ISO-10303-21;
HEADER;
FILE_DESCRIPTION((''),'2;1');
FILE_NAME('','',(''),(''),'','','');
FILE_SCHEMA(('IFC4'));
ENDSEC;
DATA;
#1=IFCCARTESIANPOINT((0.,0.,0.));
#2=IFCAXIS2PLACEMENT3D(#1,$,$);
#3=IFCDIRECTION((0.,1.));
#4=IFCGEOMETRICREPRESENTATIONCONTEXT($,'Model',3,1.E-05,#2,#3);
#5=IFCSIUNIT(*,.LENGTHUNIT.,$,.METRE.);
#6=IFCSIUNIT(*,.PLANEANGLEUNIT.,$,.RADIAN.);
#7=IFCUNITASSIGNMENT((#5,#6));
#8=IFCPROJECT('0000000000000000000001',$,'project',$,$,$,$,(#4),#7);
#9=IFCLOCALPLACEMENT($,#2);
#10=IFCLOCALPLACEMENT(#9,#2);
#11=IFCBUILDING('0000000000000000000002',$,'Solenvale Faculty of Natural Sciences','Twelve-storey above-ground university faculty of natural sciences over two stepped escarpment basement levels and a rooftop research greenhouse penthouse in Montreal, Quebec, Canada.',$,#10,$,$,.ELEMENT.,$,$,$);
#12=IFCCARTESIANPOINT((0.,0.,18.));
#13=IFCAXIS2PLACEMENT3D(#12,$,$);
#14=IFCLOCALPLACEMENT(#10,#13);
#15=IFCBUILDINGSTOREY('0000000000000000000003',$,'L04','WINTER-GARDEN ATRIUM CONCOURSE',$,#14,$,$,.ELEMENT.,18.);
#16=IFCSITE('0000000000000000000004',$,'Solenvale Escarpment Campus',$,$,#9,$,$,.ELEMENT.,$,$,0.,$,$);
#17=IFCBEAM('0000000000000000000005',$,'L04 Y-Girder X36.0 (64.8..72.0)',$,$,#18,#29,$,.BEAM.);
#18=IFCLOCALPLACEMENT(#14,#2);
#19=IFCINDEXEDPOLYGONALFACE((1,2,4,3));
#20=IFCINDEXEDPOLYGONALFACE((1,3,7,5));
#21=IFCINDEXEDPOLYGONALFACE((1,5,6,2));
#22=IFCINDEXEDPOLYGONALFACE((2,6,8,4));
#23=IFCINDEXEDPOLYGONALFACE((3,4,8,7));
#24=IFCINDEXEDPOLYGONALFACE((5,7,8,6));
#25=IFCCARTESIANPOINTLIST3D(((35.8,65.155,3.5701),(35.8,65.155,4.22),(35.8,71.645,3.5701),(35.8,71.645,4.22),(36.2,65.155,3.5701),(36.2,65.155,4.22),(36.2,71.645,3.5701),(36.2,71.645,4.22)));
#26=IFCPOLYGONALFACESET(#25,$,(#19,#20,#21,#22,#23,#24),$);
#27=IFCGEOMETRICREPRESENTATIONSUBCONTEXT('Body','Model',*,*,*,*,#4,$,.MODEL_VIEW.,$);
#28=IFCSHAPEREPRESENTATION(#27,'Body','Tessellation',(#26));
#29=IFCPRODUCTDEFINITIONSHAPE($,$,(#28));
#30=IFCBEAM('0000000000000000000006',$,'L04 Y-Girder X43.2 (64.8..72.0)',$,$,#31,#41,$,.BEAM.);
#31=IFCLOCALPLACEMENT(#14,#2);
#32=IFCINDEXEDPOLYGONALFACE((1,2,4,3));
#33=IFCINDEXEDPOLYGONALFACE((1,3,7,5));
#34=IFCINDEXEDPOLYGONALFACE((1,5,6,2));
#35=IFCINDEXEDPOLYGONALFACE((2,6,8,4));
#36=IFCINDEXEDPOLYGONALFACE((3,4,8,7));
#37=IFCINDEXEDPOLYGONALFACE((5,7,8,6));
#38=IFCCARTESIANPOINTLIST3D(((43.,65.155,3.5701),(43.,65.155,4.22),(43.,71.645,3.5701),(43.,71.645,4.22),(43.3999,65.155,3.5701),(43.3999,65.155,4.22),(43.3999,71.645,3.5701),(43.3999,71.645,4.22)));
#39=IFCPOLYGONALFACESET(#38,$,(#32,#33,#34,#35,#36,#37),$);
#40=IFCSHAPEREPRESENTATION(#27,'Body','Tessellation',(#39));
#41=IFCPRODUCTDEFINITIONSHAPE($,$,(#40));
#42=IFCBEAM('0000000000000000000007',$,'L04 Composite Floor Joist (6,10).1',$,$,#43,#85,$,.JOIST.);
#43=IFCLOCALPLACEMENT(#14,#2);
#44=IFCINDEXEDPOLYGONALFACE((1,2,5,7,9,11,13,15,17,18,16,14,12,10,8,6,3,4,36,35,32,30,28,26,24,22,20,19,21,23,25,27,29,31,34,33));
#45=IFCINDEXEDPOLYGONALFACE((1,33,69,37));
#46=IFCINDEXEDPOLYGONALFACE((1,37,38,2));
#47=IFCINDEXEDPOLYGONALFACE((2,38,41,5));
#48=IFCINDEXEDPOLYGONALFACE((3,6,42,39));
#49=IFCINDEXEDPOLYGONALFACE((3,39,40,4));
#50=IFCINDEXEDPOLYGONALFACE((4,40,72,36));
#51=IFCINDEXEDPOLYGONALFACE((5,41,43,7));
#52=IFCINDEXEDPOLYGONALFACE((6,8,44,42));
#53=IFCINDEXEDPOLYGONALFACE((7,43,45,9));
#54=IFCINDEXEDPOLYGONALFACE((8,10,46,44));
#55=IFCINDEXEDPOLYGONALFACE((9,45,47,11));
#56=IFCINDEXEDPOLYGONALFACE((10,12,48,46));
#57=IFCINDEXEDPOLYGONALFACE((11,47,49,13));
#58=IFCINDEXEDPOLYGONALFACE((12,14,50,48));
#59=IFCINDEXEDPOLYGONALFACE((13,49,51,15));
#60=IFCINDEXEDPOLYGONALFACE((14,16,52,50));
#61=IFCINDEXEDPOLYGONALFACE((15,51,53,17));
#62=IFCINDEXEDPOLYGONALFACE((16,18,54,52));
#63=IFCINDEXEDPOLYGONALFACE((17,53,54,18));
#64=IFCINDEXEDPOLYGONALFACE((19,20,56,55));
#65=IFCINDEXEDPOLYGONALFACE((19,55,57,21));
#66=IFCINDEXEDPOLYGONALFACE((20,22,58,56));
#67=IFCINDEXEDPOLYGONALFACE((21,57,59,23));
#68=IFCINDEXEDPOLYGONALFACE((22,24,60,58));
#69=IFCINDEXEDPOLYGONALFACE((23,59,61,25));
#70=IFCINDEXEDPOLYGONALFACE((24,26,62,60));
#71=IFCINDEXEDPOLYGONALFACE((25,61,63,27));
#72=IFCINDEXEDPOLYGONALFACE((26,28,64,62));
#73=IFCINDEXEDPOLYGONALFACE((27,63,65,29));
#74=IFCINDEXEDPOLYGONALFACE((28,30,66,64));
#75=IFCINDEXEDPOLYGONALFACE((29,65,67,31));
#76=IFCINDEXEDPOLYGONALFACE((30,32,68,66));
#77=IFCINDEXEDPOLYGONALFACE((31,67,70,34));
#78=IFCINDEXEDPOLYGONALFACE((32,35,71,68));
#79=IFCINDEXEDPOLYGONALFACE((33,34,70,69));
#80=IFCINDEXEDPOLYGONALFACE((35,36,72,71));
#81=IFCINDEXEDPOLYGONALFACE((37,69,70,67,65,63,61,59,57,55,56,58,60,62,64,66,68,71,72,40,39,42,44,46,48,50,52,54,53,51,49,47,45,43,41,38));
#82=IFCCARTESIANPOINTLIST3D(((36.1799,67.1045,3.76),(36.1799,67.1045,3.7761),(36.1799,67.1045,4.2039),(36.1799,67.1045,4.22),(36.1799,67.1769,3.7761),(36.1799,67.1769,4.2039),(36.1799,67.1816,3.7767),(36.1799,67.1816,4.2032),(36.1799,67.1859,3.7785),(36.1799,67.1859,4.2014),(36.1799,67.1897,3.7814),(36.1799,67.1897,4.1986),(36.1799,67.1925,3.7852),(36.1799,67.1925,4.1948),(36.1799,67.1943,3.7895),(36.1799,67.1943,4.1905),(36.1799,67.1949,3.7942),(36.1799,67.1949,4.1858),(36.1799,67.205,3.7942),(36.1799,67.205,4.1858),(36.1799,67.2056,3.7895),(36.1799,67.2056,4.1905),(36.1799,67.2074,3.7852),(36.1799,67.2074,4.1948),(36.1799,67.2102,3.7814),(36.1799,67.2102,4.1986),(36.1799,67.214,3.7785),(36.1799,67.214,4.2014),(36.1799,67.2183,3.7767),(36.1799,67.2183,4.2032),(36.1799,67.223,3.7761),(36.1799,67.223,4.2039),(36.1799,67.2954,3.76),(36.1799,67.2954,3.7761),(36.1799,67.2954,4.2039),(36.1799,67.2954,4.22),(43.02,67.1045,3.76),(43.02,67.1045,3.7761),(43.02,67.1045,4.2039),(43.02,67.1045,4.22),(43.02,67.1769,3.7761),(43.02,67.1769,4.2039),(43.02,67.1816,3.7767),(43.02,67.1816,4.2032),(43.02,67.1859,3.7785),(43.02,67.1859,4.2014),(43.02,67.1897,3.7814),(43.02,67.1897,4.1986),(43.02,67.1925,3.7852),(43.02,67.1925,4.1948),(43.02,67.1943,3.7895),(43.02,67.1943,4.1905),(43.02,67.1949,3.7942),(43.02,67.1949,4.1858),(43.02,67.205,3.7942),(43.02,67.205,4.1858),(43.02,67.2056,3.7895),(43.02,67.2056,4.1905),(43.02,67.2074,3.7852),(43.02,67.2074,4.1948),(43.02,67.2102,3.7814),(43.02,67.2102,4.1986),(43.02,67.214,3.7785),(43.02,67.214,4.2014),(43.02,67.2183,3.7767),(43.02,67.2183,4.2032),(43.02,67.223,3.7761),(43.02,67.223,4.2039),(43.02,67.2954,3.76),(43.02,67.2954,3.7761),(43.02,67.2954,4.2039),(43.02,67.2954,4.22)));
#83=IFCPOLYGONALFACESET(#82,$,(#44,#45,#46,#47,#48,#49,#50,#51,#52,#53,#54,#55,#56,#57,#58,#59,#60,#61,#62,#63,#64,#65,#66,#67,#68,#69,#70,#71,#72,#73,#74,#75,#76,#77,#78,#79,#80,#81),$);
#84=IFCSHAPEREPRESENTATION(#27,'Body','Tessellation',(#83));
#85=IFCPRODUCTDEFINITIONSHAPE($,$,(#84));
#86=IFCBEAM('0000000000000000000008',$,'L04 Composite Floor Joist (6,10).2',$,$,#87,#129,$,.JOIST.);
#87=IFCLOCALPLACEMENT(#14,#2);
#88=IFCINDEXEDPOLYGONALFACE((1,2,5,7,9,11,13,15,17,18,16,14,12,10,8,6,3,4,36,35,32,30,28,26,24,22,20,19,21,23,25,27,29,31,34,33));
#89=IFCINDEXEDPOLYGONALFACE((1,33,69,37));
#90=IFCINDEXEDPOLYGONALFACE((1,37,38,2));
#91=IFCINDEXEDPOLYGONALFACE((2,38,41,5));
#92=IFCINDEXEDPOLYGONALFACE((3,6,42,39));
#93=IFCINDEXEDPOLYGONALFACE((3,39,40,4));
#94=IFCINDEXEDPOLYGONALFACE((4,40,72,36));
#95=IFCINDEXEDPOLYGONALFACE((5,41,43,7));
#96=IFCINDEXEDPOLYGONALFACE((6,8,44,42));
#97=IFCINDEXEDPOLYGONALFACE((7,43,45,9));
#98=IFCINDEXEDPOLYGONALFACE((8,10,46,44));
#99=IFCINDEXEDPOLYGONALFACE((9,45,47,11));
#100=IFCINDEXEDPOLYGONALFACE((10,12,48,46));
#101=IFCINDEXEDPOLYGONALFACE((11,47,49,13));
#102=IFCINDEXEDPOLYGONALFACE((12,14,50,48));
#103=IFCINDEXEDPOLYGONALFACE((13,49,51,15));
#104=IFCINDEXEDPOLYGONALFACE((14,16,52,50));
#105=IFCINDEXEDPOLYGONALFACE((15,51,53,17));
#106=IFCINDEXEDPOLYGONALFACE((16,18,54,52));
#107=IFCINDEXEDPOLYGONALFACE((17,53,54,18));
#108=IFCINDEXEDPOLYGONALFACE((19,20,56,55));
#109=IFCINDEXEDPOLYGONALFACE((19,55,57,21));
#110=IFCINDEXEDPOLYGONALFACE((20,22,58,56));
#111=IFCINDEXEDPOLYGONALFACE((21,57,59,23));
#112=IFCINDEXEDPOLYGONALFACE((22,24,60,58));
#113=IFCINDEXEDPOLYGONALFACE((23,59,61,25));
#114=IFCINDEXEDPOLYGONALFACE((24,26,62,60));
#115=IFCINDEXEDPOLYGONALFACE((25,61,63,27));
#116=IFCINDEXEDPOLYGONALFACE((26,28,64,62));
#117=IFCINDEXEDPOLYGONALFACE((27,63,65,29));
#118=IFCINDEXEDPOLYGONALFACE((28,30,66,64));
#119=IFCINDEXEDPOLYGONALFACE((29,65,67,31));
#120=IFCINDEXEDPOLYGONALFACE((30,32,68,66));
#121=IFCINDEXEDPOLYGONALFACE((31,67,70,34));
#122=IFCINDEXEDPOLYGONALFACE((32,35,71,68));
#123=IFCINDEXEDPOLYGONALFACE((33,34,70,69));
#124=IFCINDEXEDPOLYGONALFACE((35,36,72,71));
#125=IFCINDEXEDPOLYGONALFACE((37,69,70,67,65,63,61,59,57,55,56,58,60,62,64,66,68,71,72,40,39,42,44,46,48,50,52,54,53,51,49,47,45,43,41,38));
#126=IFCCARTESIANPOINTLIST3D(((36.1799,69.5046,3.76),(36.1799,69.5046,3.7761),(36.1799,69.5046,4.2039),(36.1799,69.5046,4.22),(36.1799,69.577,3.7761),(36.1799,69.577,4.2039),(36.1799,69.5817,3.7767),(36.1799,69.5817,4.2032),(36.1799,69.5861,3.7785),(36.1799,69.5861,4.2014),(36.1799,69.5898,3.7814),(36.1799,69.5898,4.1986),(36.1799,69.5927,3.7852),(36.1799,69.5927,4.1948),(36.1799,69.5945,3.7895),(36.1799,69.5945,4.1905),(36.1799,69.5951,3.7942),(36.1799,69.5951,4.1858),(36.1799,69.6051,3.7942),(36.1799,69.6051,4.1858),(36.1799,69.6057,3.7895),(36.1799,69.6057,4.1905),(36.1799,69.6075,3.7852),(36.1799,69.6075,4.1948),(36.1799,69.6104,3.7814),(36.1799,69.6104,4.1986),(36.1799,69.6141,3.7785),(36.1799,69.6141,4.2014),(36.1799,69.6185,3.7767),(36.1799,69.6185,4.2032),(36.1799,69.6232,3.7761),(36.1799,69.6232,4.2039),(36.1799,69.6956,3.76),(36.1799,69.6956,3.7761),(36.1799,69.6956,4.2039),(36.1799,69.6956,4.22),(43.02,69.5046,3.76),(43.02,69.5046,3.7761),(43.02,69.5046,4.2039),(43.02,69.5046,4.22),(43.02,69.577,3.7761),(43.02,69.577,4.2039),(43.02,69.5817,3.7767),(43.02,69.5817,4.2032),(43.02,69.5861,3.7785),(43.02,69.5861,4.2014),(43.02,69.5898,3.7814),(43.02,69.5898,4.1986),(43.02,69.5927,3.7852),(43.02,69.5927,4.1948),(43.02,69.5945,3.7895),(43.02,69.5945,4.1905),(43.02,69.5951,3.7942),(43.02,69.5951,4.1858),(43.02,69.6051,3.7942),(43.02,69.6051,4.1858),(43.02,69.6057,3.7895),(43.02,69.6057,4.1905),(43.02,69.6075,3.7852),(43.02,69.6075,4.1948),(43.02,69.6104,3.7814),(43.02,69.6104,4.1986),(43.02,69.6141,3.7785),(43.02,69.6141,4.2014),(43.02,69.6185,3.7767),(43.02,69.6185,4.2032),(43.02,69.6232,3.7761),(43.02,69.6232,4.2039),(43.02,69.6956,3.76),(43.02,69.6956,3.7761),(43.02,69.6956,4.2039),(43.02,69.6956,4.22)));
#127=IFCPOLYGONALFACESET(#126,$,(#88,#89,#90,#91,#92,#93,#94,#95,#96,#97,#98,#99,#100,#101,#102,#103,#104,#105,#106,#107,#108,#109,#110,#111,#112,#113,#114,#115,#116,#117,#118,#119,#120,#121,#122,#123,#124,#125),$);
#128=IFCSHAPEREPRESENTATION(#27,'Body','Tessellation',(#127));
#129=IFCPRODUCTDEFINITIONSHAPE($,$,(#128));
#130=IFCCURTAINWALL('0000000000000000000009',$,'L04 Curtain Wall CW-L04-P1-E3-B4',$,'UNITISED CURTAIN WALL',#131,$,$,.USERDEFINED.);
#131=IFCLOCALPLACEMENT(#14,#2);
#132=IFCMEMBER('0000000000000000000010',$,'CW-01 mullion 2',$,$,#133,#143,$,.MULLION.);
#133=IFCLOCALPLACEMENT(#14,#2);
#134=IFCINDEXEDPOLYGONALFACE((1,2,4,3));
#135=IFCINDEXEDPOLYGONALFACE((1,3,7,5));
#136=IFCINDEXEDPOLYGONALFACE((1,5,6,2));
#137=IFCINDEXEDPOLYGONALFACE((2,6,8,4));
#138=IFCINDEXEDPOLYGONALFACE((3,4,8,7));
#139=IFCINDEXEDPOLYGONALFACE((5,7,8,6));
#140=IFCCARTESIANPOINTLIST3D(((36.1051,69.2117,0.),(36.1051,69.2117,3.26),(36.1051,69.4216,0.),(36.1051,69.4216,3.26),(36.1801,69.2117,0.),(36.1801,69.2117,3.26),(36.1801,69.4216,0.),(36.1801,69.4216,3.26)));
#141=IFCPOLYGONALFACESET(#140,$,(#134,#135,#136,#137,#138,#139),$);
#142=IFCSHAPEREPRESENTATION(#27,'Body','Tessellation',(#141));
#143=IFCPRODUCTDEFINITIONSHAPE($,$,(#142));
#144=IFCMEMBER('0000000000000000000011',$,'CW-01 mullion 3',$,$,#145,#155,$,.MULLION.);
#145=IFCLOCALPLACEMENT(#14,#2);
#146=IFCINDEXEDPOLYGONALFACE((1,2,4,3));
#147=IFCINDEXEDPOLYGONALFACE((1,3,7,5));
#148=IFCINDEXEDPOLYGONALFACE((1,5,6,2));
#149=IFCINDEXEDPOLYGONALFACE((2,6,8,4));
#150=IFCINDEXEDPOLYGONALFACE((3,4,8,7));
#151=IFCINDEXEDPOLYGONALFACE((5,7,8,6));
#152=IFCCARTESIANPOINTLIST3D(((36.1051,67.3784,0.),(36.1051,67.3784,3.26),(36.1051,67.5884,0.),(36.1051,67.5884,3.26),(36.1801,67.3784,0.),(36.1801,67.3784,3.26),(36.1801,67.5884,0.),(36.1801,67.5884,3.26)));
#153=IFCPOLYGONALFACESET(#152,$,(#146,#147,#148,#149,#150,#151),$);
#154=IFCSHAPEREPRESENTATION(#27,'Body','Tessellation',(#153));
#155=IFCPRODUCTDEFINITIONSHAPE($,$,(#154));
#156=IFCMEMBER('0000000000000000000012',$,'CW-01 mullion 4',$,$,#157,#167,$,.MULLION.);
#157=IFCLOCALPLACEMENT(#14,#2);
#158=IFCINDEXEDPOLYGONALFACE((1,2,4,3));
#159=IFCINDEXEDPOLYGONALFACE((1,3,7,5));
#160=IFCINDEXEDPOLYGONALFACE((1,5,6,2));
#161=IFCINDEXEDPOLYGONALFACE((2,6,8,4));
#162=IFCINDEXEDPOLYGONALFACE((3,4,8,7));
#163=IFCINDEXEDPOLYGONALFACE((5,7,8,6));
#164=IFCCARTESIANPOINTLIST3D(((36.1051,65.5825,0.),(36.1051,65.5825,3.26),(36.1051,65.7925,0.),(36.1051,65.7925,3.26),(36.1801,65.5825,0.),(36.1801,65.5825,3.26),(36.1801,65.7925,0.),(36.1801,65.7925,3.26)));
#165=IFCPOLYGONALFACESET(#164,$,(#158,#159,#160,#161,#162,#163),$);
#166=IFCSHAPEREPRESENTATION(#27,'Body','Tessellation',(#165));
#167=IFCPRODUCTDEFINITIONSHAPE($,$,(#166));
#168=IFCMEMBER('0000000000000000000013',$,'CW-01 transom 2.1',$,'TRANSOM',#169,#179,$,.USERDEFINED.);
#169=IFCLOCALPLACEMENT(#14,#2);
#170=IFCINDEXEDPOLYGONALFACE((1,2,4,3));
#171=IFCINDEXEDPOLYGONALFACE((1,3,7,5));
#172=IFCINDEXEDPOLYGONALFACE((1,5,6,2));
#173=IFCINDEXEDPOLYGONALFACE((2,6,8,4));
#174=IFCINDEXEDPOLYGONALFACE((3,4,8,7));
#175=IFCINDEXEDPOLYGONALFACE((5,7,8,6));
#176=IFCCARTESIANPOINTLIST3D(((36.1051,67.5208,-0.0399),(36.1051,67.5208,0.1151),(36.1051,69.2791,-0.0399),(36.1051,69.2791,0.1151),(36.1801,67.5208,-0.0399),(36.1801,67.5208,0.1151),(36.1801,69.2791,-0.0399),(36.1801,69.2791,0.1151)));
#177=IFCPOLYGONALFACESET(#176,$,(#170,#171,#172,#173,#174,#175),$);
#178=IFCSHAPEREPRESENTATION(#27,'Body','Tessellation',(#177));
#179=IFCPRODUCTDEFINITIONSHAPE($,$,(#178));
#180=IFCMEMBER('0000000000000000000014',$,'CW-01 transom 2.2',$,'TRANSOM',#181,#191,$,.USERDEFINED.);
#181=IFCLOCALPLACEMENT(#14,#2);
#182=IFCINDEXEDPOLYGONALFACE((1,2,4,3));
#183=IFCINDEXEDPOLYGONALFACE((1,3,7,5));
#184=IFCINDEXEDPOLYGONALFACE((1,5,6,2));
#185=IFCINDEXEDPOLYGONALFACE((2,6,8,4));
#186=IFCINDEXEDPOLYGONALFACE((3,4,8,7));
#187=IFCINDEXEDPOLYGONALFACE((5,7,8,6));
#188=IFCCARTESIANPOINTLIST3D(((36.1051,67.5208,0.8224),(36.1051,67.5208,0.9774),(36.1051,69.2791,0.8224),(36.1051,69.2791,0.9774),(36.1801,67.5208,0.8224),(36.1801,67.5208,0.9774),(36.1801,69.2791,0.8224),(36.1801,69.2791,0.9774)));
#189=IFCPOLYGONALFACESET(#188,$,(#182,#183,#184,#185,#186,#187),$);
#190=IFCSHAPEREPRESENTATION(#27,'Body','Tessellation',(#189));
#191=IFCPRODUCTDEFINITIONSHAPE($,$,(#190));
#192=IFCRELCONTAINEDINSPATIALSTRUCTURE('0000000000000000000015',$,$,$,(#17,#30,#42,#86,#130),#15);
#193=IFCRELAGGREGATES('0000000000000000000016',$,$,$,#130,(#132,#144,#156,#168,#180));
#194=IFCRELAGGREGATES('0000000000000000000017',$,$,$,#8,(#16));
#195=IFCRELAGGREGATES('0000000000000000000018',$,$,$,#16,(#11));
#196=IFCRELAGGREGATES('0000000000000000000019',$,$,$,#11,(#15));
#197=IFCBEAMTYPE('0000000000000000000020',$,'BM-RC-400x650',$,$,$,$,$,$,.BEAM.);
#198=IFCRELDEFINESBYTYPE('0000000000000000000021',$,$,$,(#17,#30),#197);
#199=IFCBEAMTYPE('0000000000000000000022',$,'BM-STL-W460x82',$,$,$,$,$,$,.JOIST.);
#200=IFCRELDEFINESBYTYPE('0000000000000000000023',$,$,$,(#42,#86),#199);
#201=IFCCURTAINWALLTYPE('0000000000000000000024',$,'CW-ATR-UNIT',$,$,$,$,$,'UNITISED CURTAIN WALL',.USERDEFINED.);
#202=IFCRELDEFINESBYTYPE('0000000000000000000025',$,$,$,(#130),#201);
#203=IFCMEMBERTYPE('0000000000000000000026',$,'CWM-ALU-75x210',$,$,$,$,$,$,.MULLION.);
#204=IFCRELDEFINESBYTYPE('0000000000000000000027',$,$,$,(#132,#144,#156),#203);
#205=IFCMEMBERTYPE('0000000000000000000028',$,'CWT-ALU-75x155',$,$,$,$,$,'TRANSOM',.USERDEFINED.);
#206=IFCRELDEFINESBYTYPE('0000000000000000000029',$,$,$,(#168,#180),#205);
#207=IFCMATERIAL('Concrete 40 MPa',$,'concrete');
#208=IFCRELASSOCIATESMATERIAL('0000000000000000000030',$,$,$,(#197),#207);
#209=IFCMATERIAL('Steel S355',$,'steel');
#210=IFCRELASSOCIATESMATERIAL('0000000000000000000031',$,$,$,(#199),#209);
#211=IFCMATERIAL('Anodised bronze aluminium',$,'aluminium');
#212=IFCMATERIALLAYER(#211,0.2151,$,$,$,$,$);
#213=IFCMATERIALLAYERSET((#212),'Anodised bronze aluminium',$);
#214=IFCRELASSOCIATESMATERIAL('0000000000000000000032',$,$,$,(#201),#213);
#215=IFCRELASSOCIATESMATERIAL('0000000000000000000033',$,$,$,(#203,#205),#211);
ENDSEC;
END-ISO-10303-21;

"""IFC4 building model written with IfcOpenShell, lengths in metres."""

from ifc_helpers import new_model, si_unit, direction, frame, origin, origin_2d, place, context, subcontext, project, spatial, rectangle, i_section, extrude, material, layer, layer_set, material_profile, profile_set, type_object, element, aggregate, save


model = new_model("IFC4")

# Units and contexts
model_context = context("Model", 3, precision=1e-05, world=origin(), true_north=direction((0.0, 1.0)))
body_context = subcontext(model_context, "Body", "Model", "MODEL_VIEW")
ifc_project = project(units=[si_unit("LENGTHUNIT", "METRE"), si_unit("PLANEANGLEUNIT", "RADIAN")], contexts=[model_context])

# Site, building, storey
site_placement = place(None, origin())
site = spatial("IfcSite", under=ifc_project, at=site_placement, Name="Solenvale Escarpment Campus", CompositionType="ELEMENT", RefElevation=0.0)
building_placement = place(site_placement, origin())
building = spatial("IfcBuilding", under=site, at=building_placement, Name="Solenvale Faculty of Natural Sciences", Description="Twelve-storey above-ground university faculty of natural sciences over two stepped escarpment basement levels and a rooftop research greenhouse penthouse in Montreal, Quebec, Canada.", CompositionType="ELEMENT")
storey_placement = place(building_placement, frame((0.0, 0.0, 18.0)))
storey = spatial("IfcBuildingStorey", under=building, at=storey_placement, Name="L04", Description="WINTER-GARDEN ATRIUM CONCOURSE", CompositionType="ELEMENT", Elevation=18.0)

# Beams
ifc_material_1 = material(Name="Concrete 40 MPa", Category="concrete")
ifc_material_profile_1 = material_profile(ifc_material_1, rectangle(XDim=0.3999, YDim=0.6499, at=origin_2d()), Name="RC-BM-400x650")
ifc_profile_set_1 = profile_set([ifc_material_profile_1], Name="Concrete 40 MPa")
beam_type_1 = type_object("IfcBeamType", Name="BM-RC-400x650", PredefinedType="BEAM", material=ifc_profile_set_1)
for number, where, z_axis, x_axis, name in (
    (1, (36.0, 65.155, 3.895), (0.0, 1.0, 0.0), (-1.0, 0.0, 0.0), "L04 Y-Girder X36.0 (64.8..72.0)"),
    (2, (43.2, 65.155, 3.895), (0.0, 1.0, 0.0), (-1.0, 0.0, 0.0), "L04 Y-Girder X43.2 (64.8..72.0)"),
):
    element("IfcBeam", number, at=place(storey_placement, frame(where, z_axis=z_axis, x_axis=x_axis)), inside=storey, type_object=beam_type_1, Name=name, PredefinedType="BEAM", context=body_context, shape_type="SweptSolid", body=[
        extrude(rectangle(XDim=0.3999, YDim=0.6499, at=origin_2d()), origin(), (0.0, 0.0, 1.0), 6.49),
    ])
ifc_material_2 = material(Name="Steel S355", Category="steel")
ifc_material_profile_2 = material_profile(ifc_material_2, i_section(OverallWidth=0.1909, OverallDepth=0.46, WebThickness=0.01, FlangeThickness=0.0161, FilletRadius=0.0181, at=origin_2d()), Name="W460x82")
ifc_profile_set_2 = profile_set([ifc_material_profile_2], Name="Steel S355")
beam_type_2 = type_object("IfcBeamType", Name="BM-STL-W460x82", PredefinedType="JOIST", material=ifc_profile_set_2)
for number, where, z_axis, x_axis, name in (
    (3, (36.1799, 67.2, 3.99), (1.0, 0.0, 0.0), (0.0, 1.0, 0.0), "L04 Composite Floor Joist (6,10).1"),
    (4, (36.1799, 69.6001, 3.99), (1.0, 0.0, 0.0), (0.0, 1.0, 0.0), "L04 Composite Floor Joist (6,10).2"),
):
    element("IfcBeam", number, at=place(storey_placement, frame(where, z_axis=z_axis, x_axis=x_axis)), inside=storey, type_object=beam_type_2, Name=name, PredefinedType="JOIST", context=body_context, shape_type="SweptSolid", body=[
        extrude(i_section(OverallWidth=0.1909, OverallDepth=0.46, WebThickness=0.01, FlangeThickness=0.0161, FilletRadius=0.0181, at=origin_2d()), origin(), (0.0, 0.0, 1.0), 6.8401),
    ])

# Curtain wall, members
ifc_material_3 = material(Name="Anodised bronze aluminium", Category="aluminium")
ifc_layer_1 = layer(ifc_material_3, 0.2151)
ifc_layer_set_1 = layer_set([ifc_layer_1], Name="Anodised bronze aluminium")
curtain_wall_type = type_object("IfcCurtainWallType", Name="CW-ATR-UNIT", ElementType="UNITISED CURTAIN WALL", PredefinedType="USERDEFINED", material=ifc_layer_set_1)
curtain_wall_placement = place(storey_placement, origin())
curtain_wall = element("IfcCurtainWall", 5, at=curtain_wall_placement, inside=storey, type_object=curtain_wall_type, Name="L04 Curtain Wall CW-L04-P1-E3-B4", ObjectType="UNITISED CURTAIN WALL", PredefinedType="USERDEFINED")
ifc_material_profile_3 = material_profile(ifc_material_3, rectangle(XDim=0.075, YDim=0.21, at=origin_2d()), Name="ALU-MUL-75x210")
ifc_profile_set_3 = profile_set([ifc_material_profile_3], Name="Anodised bronze aluminium")
member_type_1 = type_object("IfcMemberType", Name="CWM-ALU-75x210", PredefinedType="MULLION", material=ifc_profile_set_3)
member_1_placement = place(storey_placement, frame((36.1426, 69.3167, 0.0), z_axis=(0.0, 0.0, 1.0), x_axis=(1.0, 0.0, 0.0)))
member_1 = element("IfcMember", 6, at=member_1_placement, type_object=member_type_1, Name="CW-01 mullion 2", PredefinedType="MULLION", context=body_context, shape_type="SweptSolid", body=[
    extrude(rectangle(XDim=0.075, YDim=0.21, at=origin_2d()), origin(), (0.0, 0.0, 1.0), 3.26),
])
member_2_placement = place(storey_placement, frame((36.1426, 67.4834, 0.0), z_axis=(0.0, 0.0, 1.0), x_axis=(1.0, 0.0, 0.0)))
member_2 = element("IfcMember", 7, at=member_2_placement, type_object=member_type_1, Name="CW-01 mullion 3", PredefinedType="MULLION", context=body_context, shape_type="SweptSolid", body=[
    extrude(rectangle(XDim=0.075, YDim=0.21, at=origin_2d()), origin(), (0.0, 0.0, 1.0), 3.26),
])
member_3_placement = place(storey_placement, frame((36.1426, 65.6875, 0.0), z_axis=(0.0, 0.0, 1.0), x_axis=(1.0, 0.0, 0.0)))
member_3 = element("IfcMember", 8, at=member_3_placement, type_object=member_type_1, Name="CW-01 mullion 4", PredefinedType="MULLION", context=body_context, shape_type="SweptSolid", body=[
    extrude(rectangle(XDim=0.075, YDim=0.21, at=origin_2d()), origin(), (0.0, 0.0, 1.0), 3.26),
])
ifc_material_profile_4 = material_profile(ifc_material_3, rectangle(XDim=0.075, YDim=0.155, at=origin_2d()), Name="ALU-TRN-75x155")
ifc_profile_set_4 = profile_set([ifc_material_profile_4], Name="Anodised bronze aluminium")
member_type_2 = type_object("IfcMemberType", Name="CWT-ALU-75x155", ElementType="TRANSOM", PredefinedType="USERDEFINED", material=ifc_profile_set_4)
member_4_placement = place(storey_placement, frame((36.1426, 69.2791, 0.0376), z_axis=(0.0, -1.0, 0.0), x_axis=(1.0, 0.0, 0.0)))
member_4 = element("IfcMember", 9, at=member_4_placement, type_object=member_type_2, Name="CW-01 transom 2.1", ObjectType="TRANSOM", PredefinedType="USERDEFINED", context=body_context, shape_type="SweptSolid", body=[
    extrude(rectangle(XDim=0.075, YDim=0.155, at=origin_2d()), origin(), (0.0, 0.0, 1.0), 1.7583),
])
member_5_placement = place(storey_placement, frame((36.1426, 69.2791, 0.8999), z_axis=(0.0, -1.0, 0.0), x_axis=(1.0, 0.0, 0.0)))
member_5 = element("IfcMember", 10, at=member_5_placement, type_object=member_type_2, Name="CW-01 transom 2.2", ObjectType="TRANSOM", PredefinedType="USERDEFINED", context=body_context, shape_type="SweptSolid", body=[
    extrude(rectangle(XDim=0.075, YDim=0.155, at=origin_2d()), origin(), (0.0, 0.0, 1.0), 1.7583),
])
aggregate(curtain_wall, [member_1, member_2, member_3, member_4, member_5])

save(model, "model.ifc")
